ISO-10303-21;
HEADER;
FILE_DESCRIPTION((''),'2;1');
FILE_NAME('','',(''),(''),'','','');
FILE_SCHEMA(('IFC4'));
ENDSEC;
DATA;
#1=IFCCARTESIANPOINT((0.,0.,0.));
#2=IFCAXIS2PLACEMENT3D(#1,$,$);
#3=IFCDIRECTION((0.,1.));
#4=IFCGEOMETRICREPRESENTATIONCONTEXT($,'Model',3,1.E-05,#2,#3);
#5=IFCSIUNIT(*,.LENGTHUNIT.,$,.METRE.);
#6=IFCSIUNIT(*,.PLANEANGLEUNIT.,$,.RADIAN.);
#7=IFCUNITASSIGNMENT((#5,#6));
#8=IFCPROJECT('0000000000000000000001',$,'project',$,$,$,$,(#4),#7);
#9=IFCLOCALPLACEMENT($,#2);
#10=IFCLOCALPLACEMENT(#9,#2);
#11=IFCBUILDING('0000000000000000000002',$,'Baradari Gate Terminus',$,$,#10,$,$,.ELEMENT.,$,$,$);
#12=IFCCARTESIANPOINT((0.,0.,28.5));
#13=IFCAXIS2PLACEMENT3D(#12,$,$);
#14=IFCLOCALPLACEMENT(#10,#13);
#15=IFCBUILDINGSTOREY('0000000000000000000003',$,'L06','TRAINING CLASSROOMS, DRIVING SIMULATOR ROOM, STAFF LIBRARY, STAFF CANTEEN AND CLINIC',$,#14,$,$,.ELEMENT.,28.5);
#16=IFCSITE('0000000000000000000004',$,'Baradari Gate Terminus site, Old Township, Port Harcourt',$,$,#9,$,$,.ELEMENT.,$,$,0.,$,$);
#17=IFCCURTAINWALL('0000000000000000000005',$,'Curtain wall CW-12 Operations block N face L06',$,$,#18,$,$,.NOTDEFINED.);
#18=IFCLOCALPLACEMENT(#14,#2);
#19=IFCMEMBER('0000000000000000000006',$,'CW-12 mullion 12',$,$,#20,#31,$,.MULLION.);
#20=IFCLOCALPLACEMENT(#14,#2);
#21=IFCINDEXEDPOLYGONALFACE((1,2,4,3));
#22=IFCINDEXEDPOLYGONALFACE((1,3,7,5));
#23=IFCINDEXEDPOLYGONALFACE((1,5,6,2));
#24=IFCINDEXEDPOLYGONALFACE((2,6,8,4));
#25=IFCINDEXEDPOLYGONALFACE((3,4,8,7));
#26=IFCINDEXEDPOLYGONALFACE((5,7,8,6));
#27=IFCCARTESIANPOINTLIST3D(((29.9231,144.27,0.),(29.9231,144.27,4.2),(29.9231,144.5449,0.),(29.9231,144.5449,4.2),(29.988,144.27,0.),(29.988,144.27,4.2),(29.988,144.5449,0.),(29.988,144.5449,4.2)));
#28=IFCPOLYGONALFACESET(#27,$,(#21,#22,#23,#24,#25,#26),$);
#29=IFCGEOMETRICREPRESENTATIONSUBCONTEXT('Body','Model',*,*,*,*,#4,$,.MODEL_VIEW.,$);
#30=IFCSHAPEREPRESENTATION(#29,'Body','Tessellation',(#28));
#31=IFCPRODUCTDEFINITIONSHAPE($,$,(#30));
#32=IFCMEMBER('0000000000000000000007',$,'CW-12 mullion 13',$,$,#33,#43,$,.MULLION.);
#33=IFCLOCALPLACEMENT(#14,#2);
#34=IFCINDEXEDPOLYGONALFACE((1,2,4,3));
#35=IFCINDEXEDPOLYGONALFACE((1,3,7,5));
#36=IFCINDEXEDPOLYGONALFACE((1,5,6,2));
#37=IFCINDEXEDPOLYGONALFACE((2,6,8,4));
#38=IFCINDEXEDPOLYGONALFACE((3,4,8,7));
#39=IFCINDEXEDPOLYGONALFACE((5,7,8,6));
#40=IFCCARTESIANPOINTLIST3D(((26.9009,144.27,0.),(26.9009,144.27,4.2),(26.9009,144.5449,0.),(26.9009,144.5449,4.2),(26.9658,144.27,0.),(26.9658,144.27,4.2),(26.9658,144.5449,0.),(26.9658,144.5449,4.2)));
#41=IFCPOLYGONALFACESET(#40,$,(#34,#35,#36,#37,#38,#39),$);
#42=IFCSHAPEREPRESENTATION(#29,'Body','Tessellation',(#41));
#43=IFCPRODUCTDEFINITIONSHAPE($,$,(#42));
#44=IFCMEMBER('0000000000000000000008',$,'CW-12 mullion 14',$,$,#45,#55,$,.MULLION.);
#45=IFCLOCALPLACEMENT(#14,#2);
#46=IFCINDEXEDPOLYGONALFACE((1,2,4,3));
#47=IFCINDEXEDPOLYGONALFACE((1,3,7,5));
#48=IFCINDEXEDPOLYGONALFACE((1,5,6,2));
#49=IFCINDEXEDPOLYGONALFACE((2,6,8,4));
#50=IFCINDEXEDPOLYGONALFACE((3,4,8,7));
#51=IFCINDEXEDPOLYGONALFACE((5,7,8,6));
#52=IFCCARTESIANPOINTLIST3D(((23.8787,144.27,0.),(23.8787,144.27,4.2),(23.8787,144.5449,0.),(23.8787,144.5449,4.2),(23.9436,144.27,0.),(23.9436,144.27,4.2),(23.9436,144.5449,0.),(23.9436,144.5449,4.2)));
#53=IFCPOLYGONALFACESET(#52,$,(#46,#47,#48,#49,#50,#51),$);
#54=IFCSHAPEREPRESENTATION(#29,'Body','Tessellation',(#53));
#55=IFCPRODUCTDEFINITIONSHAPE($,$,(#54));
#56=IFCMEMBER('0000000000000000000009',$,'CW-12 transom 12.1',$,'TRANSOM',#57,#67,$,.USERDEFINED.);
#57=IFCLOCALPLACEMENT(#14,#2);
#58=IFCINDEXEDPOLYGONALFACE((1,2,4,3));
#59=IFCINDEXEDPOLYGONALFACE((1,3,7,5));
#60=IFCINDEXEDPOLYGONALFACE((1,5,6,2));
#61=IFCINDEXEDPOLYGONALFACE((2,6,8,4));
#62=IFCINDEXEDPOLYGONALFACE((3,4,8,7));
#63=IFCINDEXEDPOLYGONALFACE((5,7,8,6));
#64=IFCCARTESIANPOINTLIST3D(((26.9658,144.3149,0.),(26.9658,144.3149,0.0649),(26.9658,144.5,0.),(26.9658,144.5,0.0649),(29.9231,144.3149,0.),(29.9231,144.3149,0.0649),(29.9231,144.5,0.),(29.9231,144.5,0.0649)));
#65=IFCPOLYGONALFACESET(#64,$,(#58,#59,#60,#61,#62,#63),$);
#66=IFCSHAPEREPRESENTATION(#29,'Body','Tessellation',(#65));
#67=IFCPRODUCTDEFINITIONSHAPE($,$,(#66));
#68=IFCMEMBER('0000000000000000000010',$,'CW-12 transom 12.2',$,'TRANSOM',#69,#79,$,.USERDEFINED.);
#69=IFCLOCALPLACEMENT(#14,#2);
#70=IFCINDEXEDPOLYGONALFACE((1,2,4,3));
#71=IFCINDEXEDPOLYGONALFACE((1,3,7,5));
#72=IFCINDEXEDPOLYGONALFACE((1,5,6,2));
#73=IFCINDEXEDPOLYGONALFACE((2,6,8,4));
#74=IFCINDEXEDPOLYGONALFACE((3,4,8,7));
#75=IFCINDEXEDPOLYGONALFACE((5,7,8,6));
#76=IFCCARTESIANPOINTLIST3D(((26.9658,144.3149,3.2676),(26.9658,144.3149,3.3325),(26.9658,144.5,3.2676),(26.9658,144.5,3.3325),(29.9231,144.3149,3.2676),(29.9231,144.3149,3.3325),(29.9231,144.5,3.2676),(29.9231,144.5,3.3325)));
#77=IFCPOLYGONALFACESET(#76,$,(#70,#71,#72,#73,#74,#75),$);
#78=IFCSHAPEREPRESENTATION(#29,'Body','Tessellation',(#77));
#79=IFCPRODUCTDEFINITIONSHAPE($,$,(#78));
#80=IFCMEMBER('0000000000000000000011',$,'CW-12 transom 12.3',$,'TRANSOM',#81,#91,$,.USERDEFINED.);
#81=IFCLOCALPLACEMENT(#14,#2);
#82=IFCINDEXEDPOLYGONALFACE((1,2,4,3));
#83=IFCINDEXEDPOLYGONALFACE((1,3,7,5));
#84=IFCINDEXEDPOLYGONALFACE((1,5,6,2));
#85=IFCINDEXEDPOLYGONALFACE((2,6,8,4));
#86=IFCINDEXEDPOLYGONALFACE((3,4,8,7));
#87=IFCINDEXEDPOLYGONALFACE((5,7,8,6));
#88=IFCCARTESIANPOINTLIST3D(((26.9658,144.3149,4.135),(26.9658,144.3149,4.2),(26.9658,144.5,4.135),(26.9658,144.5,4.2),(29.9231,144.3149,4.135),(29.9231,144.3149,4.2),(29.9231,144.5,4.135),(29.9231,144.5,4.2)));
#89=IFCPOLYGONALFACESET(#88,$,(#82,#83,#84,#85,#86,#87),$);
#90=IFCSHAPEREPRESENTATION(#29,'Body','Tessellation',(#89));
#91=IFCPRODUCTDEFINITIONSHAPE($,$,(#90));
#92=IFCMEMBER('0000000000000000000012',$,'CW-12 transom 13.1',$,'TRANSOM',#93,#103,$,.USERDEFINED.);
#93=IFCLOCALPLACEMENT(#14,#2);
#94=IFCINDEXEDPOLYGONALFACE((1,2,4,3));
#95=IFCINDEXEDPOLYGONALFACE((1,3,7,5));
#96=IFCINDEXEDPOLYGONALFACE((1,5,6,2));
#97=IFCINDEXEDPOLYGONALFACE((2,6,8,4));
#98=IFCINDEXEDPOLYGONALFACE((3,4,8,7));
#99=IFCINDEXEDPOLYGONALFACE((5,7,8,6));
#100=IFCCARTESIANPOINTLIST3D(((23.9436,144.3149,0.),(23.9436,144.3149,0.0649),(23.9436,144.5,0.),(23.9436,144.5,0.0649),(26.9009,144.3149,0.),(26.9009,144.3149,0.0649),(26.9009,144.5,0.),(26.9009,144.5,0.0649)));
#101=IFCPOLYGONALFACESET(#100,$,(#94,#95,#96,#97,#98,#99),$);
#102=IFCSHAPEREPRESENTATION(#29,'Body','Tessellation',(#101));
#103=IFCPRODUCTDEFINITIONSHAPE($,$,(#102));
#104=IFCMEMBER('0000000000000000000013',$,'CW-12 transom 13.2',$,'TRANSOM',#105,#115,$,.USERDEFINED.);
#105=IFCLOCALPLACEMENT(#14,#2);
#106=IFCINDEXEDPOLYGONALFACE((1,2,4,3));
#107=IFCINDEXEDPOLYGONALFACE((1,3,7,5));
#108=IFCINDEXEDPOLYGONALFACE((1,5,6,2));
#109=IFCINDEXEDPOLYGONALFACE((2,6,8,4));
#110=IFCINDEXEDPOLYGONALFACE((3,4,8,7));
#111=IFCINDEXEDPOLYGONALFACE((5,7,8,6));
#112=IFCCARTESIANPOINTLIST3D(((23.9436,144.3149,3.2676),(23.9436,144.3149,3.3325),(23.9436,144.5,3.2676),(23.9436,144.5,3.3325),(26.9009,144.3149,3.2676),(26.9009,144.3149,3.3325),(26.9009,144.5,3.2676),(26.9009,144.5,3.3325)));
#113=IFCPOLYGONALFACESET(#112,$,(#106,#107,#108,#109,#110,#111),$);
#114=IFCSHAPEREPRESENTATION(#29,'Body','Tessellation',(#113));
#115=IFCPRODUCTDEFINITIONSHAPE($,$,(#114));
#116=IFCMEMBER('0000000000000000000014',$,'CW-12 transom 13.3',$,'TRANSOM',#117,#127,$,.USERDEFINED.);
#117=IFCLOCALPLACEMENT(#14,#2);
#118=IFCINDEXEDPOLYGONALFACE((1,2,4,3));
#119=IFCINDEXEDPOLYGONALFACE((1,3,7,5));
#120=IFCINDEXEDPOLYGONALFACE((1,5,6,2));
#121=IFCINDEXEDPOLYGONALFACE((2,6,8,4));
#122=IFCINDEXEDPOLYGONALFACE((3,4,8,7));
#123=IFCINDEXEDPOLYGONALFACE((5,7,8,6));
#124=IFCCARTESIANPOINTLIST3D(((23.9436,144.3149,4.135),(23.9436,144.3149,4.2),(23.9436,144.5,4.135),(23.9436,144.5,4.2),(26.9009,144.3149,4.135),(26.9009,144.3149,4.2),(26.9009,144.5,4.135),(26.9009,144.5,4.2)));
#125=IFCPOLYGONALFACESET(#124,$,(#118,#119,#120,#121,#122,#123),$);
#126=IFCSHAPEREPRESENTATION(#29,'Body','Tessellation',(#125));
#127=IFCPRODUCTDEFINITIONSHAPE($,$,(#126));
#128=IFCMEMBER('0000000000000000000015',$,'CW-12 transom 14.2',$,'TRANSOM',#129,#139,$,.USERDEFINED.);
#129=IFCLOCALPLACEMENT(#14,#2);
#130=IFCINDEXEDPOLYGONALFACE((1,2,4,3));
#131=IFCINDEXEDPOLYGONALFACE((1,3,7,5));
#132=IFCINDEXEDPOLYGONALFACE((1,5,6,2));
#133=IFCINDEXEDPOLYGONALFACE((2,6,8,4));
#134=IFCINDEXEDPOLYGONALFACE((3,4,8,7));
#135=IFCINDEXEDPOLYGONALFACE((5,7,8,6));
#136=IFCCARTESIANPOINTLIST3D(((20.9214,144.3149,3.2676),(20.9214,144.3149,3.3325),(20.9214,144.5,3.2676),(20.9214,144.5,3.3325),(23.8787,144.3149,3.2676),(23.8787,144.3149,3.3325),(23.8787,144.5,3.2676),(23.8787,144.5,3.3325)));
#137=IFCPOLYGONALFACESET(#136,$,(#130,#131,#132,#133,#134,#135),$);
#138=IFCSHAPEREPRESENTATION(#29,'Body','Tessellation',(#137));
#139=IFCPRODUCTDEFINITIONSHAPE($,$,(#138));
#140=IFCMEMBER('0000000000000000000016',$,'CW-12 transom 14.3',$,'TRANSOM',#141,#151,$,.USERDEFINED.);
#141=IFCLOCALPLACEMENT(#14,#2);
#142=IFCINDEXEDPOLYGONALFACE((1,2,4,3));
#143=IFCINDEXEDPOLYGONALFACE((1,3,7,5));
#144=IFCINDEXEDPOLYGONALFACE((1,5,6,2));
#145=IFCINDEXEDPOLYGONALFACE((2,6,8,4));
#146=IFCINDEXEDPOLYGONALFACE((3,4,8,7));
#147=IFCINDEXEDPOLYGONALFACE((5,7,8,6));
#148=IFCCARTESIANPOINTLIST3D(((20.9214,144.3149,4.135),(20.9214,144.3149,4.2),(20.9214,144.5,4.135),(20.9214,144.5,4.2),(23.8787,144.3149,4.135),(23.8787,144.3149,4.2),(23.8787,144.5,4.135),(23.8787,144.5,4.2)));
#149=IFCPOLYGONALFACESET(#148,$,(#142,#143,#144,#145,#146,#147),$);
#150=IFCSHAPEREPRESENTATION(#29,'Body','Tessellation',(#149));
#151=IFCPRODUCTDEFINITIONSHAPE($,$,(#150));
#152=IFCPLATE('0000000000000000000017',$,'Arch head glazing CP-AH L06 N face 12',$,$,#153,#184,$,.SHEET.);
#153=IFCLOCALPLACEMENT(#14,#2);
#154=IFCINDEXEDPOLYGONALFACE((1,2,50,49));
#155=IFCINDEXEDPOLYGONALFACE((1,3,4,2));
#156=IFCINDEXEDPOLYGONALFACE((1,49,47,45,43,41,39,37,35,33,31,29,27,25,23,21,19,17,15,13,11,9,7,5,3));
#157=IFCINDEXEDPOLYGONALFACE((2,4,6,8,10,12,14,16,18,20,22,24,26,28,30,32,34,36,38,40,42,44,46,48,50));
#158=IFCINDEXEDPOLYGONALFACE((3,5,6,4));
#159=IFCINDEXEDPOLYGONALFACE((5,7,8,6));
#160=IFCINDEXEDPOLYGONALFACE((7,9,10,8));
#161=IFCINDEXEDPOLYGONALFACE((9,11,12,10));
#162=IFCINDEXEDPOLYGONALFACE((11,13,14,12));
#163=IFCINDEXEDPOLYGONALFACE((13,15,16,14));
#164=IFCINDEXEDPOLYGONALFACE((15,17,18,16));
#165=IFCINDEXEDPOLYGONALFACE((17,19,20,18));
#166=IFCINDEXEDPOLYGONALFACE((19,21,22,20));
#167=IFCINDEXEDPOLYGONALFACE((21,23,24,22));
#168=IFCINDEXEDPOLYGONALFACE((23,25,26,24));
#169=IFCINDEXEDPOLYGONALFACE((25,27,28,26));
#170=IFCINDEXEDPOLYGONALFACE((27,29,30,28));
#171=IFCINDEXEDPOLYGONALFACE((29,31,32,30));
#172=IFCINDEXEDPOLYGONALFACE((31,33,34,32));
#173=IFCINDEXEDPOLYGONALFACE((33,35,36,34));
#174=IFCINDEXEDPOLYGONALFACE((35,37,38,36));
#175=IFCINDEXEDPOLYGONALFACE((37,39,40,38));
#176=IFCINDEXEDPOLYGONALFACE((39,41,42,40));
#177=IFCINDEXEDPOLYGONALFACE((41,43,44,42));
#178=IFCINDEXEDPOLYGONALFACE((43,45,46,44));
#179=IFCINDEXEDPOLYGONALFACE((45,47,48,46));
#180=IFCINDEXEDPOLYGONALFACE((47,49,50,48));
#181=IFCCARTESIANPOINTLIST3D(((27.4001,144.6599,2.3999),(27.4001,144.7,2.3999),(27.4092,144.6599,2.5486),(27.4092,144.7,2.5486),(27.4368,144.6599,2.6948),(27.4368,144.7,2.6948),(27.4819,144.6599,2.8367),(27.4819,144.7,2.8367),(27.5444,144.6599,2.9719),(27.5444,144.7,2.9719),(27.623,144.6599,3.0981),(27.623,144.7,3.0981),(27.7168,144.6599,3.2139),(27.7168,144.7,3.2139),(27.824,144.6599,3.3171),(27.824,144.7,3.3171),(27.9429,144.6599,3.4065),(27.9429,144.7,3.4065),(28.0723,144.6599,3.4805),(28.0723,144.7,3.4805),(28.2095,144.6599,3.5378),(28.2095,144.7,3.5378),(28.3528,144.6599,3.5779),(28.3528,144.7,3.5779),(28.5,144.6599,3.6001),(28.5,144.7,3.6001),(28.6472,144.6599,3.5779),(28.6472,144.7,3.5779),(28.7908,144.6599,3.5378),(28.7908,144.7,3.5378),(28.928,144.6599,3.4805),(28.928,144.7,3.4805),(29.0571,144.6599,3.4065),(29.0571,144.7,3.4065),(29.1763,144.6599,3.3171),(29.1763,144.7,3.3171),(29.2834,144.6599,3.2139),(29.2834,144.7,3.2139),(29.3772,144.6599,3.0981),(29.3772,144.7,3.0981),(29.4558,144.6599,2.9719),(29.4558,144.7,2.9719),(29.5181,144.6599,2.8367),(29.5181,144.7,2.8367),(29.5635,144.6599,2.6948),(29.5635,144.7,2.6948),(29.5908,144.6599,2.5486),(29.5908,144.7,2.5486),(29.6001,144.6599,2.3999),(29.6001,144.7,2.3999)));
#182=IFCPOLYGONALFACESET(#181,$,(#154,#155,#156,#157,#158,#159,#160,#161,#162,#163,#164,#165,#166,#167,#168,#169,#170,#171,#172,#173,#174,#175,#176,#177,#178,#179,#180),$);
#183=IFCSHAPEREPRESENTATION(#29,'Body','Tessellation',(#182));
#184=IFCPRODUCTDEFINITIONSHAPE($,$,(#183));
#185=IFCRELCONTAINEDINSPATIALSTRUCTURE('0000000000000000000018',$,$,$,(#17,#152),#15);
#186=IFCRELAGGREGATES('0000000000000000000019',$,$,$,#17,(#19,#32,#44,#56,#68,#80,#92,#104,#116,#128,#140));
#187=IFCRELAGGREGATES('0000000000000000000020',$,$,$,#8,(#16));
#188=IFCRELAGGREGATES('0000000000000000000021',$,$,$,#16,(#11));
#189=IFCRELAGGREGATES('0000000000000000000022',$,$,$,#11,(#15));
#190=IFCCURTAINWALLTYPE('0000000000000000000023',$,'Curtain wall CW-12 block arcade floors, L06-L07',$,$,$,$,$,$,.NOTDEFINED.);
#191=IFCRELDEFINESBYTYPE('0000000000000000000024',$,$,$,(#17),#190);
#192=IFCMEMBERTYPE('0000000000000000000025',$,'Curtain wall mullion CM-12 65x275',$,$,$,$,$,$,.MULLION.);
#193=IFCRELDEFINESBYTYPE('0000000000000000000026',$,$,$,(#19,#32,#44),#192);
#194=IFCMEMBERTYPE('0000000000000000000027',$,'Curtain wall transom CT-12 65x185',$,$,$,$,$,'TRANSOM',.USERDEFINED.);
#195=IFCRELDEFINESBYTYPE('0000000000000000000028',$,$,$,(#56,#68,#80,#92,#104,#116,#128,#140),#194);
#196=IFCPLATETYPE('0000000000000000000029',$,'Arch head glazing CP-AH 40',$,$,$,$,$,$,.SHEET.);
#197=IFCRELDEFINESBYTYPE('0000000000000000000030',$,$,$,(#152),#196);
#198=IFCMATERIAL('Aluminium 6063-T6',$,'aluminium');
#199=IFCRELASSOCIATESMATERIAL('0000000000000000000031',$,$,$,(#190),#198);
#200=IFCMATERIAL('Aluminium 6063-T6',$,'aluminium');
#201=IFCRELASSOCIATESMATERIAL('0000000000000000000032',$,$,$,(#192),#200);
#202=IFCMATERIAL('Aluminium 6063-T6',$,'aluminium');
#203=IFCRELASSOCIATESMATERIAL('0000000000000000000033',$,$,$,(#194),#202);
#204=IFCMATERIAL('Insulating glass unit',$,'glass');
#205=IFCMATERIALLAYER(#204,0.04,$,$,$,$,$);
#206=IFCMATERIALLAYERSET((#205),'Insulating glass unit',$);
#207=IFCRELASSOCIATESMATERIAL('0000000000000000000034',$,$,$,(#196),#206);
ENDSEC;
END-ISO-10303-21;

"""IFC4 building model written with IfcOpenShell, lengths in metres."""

from ifc_helpers import new_model, si_unit, direction, frame, origin, origin_2d, place, context, subcontext, project, spatial, polyline, rectangle, outline, extrude, material, layer, layer_set, material_profile, profile_set, type_object, element, aggregate, save


model = new_model("IFC4")

# Units and contexts
model_context = context("Model", 3, precision=1e-05, world=origin(), true_north=direction((0.0, 1.0)))
body_context = subcontext(model_context, "Body", "Model", "MODEL_VIEW")
ifc_project = project(units=[si_unit("LENGTHUNIT", "METRE"), si_unit("PLANEANGLEUNIT", "RADIAN")], contexts=[model_context])

# Site, building, storey
site_placement = place(None, origin())
site = spatial("IfcSite", under=ifc_project, at=site_placement, Name="Baradari Gate Terminus site, Old Township, Port Harcourt", CompositionType="ELEMENT", RefElevation=0.0)
building_placement = place(site_placement, origin())
building = spatial("IfcBuilding", under=site, at=building_placement, Name="Baradari Gate Terminus", CompositionType="ELEMENT")
storey_placement = place(building_placement, frame((0.0, 0.0, 28.5)))
storey = spatial("IfcBuildingStorey", under=building, at=storey_placement, Name="L06", Description="TRAINING CLASSROOMS, DRIVING SIMULATOR ROOM, STAFF LIBRARY, STAFF CANTEEN AND CLINIC", CompositionType="ELEMENT", Elevation=28.5)

# Curtain wall, members
ifc_material_1 = material(Name="Aluminium 6063-T6", Category="aluminium")
curtain_wall_type = type_object("IfcCurtainWallType", Name="Curtain wall CW-12 block arcade floors, L06-L07", PredefinedType="NOTDEFINED", material=ifc_material_1)
curtain_wall_placement = place(storey_placement, origin())
curtain_wall = element("IfcCurtainWall", 1, at=curtain_wall_placement, inside=storey, type_object=curtain_wall_type, Name="Curtain wall CW-12 Operations block N face L06", PredefinedType="NOTDEFINED")
ifc_material_2 = material(Name="Aluminium 6063-T6", Category="aluminium")
ifc_material_profile_1 = material_profile(ifc_material_2, rectangle(XDim=0.2749, YDim=0.0649, at=origin_2d()), Name="CM-12 65X275")
ifc_profile_set_1 = profile_set([ifc_material_profile_1], Name="Aluminium 6063-T6")
member_type_1 = type_object("IfcMemberType", Name="Curtain wall mullion CM-12 65x275", PredefinedType="MULLION", material=ifc_profile_set_1)
member_1_placement = place(storey_placement, frame((29.9556, 144.4075, 0.0), z_axis=(0.0, 0.0, 1.0), x_axis=(0.0, -1.0, 0.0)))
member_1 = element("IfcMember", 2, at=member_1_placement, type_object=member_type_1, Name="CW-12 mullion 12", PredefinedType="MULLION", context=body_context, shape_type="SweptSolid", body=[
    extrude(rectangle(XDim=0.2749, YDim=0.0649, at=origin_2d()), origin(), (0.0, 0.0, 1.0), 4.2),
])
member_2_placement = place(storey_placement, frame((26.9333, 144.4075, 0.0), z_axis=(0.0, 0.0, 1.0), x_axis=(0.0, -1.0, 0.0)))
member_2 = element("IfcMember", 3, at=member_2_placement, type_object=member_type_1, Name="CW-12 mullion 13", PredefinedType="MULLION", context=body_context, shape_type="SweptSolid", body=[
    extrude(rectangle(XDim=0.2749, YDim=0.0649, at=origin_2d()), origin(), (0.0, 0.0, 1.0), 4.2),
])
member_3_placement = place(storey_placement, frame((23.9111, 144.4075, 0.0), z_axis=(0.0, 0.0, 1.0), x_axis=(0.0, -1.0, 0.0)))
member_3 = element("IfcMember", 4, at=member_3_placement, type_object=member_type_1, Name="CW-12 mullion 14", PredefinedType="MULLION", context=body_context, shape_type="SweptSolid", body=[
    extrude(rectangle(XDim=0.2749, YDim=0.0649, at=origin_2d()), origin(), (0.0, 0.0, 1.0), 4.2),
])
ifc_material_3 = material(Name="Aluminium 6063-T6", Category="aluminium")
ifc_material_profile_2 = material_profile(ifc_material_3, rectangle(XDim=0.1851, YDim=0.0649, at=origin_2d()), Name="CT-12 65X185")
ifc_profile_set_2 = profile_set([ifc_material_profile_2], Name="Aluminium 6063-T6")
member_type_2 = type_object("IfcMemberType", Name="Curtain wall transom CT-12 65x185", ElementType="TRANSOM", PredefinedType="USERDEFINED", material=ifc_profile_set_2)
member_4_placement = place(storey_placement, frame((29.9231, 144.4075, 0.0325), z_axis=(-1.0, 0.0, 0.0), x_axis=(0.0, -1.0, 0.0)))
member_4 = element("IfcMember", 5, at=member_4_placement, type_object=member_type_2, Name="CW-12 transom 12.1", ObjectType="TRANSOM", PredefinedType="USERDEFINED", context=body_context, shape_type="SweptSolid", body=[
    extrude(rectangle(XDim=0.1851, YDim=0.0649, at=origin_2d()), origin(), (0.0, 0.0, 1.0), 2.9573),
])
member_5_placement = place(storey_placement, frame((29.9231, 144.4075, 3.3), z_axis=(-1.0, 0.0, 0.0), x_axis=(0.0, -1.0, 0.0)))
member_5 = element("IfcMember", 6, at=member_5_placement, type_object=member_type_2, Name="CW-12 transom 12.2", ObjectType="TRANSOM", PredefinedType="USERDEFINED", context=body_context, shape_type="SweptSolid", body=[
    extrude(rectangle(XDim=0.1851, YDim=0.0649, at=origin_2d()), origin(), (0.0, 0.0, 1.0), 2.9573),
])
member_6_placement = place(storey_placement, frame((29.9231, 144.4075, 4.1675), z_axis=(-1.0, 0.0, 0.0), x_axis=(0.0, -1.0, 0.0)))
member_6 = element("IfcMember", 7, at=member_6_placement, type_object=member_type_2, Name="CW-12 transom 12.3", ObjectType="TRANSOM", PredefinedType="USERDEFINED", context=body_context, shape_type="SweptSolid", body=[
    extrude(rectangle(XDim=0.1851, YDim=0.0649, at=origin_2d()), origin(), (0.0, 0.0, 1.0), 2.9573),
])
member_7_placement = place(storey_placement, frame((26.9009, 144.4075, 0.0325), z_axis=(-1.0, 0.0, 0.0), x_axis=(0.0, -1.0, 0.0)))
member_7 = element("IfcMember", 8, at=member_7_placement, type_object=member_type_2, Name="CW-12 transom 13.1", ObjectType="TRANSOM", PredefinedType="USERDEFINED", context=body_context, shape_type="SweptSolid", body=[
    extrude(rectangle(XDim=0.1851, YDim=0.0649, at=origin_2d()), origin(), (0.0, 0.0, 1.0), 2.9573),
])
member_8_placement = place(storey_placement, frame((26.9009, 144.4075, 3.3), z_axis=(-1.0, 0.0, 0.0), x_axis=(0.0, -1.0, 0.0)))
member_8 = element("IfcMember", 9, at=member_8_placement, type_object=member_type_2, Name="CW-12 transom 13.2", ObjectType="TRANSOM", PredefinedType="USERDEFINED", context=body_context, shape_type="SweptSolid", body=[
    extrude(rectangle(XDim=0.1851, YDim=0.0649, at=origin_2d()), origin(), (0.0, 0.0, 1.0), 2.9573),
])
member_9_placement = place(storey_placement, frame((26.9009, 144.4075, 4.1675), z_axis=(-1.0, 0.0, 0.0), x_axis=(0.0, -1.0, 0.0)))
member_9 = element("IfcMember", 10, at=member_9_placement, type_object=member_type_2, Name="CW-12 transom 13.3", ObjectType="TRANSOM", PredefinedType="USERDEFINED", context=body_context, shape_type="SweptSolid", body=[
    extrude(rectangle(XDim=0.1851, YDim=0.0649, at=origin_2d()), origin(), (0.0, 0.0, 1.0), 2.9573),
])
member_10_placement = place(storey_placement, frame((23.8787, 144.4075, 3.3), z_axis=(-1.0, 0.0, 0.0), x_axis=(0.0, -1.0, 0.0)))
member_10 = element("IfcMember", 11, at=member_10_placement, type_object=member_type_2, Name="CW-12 transom 14.2", ObjectType="TRANSOM", PredefinedType="USERDEFINED", context=body_context, shape_type="SweptSolid", body=[
    extrude(rectangle(XDim=0.1851, YDim=0.0649, at=origin_2d()), origin(), (0.0, 0.0, 1.0), 2.9573),
])
member_11_placement = place(storey_placement, frame((23.8787, 144.4075, 4.1675), z_axis=(-1.0, 0.0, 0.0), x_axis=(0.0, -1.0, 0.0)))
member_11 = element("IfcMember", 12, at=member_11_placement, type_object=member_type_2, Name="CW-12 transom 14.3", ObjectType="TRANSOM", PredefinedType="USERDEFINED", context=body_context, shape_type="SweptSolid", body=[
    extrude(rectangle(XDim=0.1851, YDim=0.0649, at=origin_2d()), origin(), (0.0, 0.0, 1.0), 2.9573),
])

# Plate
ifc_material_4 = material(Name="Insulating glass unit", Category="glass")
ifc_layer_1 = layer(ifc_material_4, 0.04)
ifc_layer_set_1 = layer_set([ifc_layer_1], Name="Insulating glass unit")
plate_type_1 = type_object("IfcPlateType", Name="Arch head glazing CP-AH 40", PredefinedType="SHEET", material=ifc_layer_set_1)
for number, where, z_axis, x_axis, name in (
    (13, (29.6001, 144.6799, 2.3999), (0.0, 0.0, 1.0), (-1.0, 0.0, 0.0), "Arch head glazing CP-AH L06 N face 12"),
):
    element("IfcPlate", number, at=place(storey_placement, frame(where, z_axis=z_axis, x_axis=x_axis)), inside=storey, type_object=plate_type_1, Name=name, PredefinedType="SHEET", context=body_context, shape_type="SweptSolid", body=[
        extrude(outline(polyline([(0.0, 0.0), (2.2, 0.0), (2.1909, 0.1487), (2.1633, 0.2949), (2.1182, 0.4368), (2.0557, 0.572), (1.9771, 0.6982), (1.8833, 0.814), (1.7761, 0.9172), (1.6572, 1.0066), (1.5278, 1.0806), (1.3906, 1.1379), (1.2473, 1.178), (1.1001, 1.2002), (0.9529, 1.178), (0.8093, 1.1379), (0.6721, 1.0806), (0.543, 1.0066), (0.4238, 0.9172), (0.3167, 0.814), (0.2229, 0.6982), (0.1443, 0.572), (0.082, 0.4368), (0.0366, 0.2949), (0.0093, 0.1487), (0.0, 0.0)])), frame((0.0, 0.02, 0.0), z_axis=(0.0, -1.0, 0.0), x_axis=(1.0, 0.0, 0.0)), (0.0, 0.0, 1.0), 0.04),
    ])

aggregate(curtain_wall, [member_1, member_2, member_3, member_4, member_5, member_6, member_7, member_8, member_9, member_10, member_11])

save(model, "model.ifc")
